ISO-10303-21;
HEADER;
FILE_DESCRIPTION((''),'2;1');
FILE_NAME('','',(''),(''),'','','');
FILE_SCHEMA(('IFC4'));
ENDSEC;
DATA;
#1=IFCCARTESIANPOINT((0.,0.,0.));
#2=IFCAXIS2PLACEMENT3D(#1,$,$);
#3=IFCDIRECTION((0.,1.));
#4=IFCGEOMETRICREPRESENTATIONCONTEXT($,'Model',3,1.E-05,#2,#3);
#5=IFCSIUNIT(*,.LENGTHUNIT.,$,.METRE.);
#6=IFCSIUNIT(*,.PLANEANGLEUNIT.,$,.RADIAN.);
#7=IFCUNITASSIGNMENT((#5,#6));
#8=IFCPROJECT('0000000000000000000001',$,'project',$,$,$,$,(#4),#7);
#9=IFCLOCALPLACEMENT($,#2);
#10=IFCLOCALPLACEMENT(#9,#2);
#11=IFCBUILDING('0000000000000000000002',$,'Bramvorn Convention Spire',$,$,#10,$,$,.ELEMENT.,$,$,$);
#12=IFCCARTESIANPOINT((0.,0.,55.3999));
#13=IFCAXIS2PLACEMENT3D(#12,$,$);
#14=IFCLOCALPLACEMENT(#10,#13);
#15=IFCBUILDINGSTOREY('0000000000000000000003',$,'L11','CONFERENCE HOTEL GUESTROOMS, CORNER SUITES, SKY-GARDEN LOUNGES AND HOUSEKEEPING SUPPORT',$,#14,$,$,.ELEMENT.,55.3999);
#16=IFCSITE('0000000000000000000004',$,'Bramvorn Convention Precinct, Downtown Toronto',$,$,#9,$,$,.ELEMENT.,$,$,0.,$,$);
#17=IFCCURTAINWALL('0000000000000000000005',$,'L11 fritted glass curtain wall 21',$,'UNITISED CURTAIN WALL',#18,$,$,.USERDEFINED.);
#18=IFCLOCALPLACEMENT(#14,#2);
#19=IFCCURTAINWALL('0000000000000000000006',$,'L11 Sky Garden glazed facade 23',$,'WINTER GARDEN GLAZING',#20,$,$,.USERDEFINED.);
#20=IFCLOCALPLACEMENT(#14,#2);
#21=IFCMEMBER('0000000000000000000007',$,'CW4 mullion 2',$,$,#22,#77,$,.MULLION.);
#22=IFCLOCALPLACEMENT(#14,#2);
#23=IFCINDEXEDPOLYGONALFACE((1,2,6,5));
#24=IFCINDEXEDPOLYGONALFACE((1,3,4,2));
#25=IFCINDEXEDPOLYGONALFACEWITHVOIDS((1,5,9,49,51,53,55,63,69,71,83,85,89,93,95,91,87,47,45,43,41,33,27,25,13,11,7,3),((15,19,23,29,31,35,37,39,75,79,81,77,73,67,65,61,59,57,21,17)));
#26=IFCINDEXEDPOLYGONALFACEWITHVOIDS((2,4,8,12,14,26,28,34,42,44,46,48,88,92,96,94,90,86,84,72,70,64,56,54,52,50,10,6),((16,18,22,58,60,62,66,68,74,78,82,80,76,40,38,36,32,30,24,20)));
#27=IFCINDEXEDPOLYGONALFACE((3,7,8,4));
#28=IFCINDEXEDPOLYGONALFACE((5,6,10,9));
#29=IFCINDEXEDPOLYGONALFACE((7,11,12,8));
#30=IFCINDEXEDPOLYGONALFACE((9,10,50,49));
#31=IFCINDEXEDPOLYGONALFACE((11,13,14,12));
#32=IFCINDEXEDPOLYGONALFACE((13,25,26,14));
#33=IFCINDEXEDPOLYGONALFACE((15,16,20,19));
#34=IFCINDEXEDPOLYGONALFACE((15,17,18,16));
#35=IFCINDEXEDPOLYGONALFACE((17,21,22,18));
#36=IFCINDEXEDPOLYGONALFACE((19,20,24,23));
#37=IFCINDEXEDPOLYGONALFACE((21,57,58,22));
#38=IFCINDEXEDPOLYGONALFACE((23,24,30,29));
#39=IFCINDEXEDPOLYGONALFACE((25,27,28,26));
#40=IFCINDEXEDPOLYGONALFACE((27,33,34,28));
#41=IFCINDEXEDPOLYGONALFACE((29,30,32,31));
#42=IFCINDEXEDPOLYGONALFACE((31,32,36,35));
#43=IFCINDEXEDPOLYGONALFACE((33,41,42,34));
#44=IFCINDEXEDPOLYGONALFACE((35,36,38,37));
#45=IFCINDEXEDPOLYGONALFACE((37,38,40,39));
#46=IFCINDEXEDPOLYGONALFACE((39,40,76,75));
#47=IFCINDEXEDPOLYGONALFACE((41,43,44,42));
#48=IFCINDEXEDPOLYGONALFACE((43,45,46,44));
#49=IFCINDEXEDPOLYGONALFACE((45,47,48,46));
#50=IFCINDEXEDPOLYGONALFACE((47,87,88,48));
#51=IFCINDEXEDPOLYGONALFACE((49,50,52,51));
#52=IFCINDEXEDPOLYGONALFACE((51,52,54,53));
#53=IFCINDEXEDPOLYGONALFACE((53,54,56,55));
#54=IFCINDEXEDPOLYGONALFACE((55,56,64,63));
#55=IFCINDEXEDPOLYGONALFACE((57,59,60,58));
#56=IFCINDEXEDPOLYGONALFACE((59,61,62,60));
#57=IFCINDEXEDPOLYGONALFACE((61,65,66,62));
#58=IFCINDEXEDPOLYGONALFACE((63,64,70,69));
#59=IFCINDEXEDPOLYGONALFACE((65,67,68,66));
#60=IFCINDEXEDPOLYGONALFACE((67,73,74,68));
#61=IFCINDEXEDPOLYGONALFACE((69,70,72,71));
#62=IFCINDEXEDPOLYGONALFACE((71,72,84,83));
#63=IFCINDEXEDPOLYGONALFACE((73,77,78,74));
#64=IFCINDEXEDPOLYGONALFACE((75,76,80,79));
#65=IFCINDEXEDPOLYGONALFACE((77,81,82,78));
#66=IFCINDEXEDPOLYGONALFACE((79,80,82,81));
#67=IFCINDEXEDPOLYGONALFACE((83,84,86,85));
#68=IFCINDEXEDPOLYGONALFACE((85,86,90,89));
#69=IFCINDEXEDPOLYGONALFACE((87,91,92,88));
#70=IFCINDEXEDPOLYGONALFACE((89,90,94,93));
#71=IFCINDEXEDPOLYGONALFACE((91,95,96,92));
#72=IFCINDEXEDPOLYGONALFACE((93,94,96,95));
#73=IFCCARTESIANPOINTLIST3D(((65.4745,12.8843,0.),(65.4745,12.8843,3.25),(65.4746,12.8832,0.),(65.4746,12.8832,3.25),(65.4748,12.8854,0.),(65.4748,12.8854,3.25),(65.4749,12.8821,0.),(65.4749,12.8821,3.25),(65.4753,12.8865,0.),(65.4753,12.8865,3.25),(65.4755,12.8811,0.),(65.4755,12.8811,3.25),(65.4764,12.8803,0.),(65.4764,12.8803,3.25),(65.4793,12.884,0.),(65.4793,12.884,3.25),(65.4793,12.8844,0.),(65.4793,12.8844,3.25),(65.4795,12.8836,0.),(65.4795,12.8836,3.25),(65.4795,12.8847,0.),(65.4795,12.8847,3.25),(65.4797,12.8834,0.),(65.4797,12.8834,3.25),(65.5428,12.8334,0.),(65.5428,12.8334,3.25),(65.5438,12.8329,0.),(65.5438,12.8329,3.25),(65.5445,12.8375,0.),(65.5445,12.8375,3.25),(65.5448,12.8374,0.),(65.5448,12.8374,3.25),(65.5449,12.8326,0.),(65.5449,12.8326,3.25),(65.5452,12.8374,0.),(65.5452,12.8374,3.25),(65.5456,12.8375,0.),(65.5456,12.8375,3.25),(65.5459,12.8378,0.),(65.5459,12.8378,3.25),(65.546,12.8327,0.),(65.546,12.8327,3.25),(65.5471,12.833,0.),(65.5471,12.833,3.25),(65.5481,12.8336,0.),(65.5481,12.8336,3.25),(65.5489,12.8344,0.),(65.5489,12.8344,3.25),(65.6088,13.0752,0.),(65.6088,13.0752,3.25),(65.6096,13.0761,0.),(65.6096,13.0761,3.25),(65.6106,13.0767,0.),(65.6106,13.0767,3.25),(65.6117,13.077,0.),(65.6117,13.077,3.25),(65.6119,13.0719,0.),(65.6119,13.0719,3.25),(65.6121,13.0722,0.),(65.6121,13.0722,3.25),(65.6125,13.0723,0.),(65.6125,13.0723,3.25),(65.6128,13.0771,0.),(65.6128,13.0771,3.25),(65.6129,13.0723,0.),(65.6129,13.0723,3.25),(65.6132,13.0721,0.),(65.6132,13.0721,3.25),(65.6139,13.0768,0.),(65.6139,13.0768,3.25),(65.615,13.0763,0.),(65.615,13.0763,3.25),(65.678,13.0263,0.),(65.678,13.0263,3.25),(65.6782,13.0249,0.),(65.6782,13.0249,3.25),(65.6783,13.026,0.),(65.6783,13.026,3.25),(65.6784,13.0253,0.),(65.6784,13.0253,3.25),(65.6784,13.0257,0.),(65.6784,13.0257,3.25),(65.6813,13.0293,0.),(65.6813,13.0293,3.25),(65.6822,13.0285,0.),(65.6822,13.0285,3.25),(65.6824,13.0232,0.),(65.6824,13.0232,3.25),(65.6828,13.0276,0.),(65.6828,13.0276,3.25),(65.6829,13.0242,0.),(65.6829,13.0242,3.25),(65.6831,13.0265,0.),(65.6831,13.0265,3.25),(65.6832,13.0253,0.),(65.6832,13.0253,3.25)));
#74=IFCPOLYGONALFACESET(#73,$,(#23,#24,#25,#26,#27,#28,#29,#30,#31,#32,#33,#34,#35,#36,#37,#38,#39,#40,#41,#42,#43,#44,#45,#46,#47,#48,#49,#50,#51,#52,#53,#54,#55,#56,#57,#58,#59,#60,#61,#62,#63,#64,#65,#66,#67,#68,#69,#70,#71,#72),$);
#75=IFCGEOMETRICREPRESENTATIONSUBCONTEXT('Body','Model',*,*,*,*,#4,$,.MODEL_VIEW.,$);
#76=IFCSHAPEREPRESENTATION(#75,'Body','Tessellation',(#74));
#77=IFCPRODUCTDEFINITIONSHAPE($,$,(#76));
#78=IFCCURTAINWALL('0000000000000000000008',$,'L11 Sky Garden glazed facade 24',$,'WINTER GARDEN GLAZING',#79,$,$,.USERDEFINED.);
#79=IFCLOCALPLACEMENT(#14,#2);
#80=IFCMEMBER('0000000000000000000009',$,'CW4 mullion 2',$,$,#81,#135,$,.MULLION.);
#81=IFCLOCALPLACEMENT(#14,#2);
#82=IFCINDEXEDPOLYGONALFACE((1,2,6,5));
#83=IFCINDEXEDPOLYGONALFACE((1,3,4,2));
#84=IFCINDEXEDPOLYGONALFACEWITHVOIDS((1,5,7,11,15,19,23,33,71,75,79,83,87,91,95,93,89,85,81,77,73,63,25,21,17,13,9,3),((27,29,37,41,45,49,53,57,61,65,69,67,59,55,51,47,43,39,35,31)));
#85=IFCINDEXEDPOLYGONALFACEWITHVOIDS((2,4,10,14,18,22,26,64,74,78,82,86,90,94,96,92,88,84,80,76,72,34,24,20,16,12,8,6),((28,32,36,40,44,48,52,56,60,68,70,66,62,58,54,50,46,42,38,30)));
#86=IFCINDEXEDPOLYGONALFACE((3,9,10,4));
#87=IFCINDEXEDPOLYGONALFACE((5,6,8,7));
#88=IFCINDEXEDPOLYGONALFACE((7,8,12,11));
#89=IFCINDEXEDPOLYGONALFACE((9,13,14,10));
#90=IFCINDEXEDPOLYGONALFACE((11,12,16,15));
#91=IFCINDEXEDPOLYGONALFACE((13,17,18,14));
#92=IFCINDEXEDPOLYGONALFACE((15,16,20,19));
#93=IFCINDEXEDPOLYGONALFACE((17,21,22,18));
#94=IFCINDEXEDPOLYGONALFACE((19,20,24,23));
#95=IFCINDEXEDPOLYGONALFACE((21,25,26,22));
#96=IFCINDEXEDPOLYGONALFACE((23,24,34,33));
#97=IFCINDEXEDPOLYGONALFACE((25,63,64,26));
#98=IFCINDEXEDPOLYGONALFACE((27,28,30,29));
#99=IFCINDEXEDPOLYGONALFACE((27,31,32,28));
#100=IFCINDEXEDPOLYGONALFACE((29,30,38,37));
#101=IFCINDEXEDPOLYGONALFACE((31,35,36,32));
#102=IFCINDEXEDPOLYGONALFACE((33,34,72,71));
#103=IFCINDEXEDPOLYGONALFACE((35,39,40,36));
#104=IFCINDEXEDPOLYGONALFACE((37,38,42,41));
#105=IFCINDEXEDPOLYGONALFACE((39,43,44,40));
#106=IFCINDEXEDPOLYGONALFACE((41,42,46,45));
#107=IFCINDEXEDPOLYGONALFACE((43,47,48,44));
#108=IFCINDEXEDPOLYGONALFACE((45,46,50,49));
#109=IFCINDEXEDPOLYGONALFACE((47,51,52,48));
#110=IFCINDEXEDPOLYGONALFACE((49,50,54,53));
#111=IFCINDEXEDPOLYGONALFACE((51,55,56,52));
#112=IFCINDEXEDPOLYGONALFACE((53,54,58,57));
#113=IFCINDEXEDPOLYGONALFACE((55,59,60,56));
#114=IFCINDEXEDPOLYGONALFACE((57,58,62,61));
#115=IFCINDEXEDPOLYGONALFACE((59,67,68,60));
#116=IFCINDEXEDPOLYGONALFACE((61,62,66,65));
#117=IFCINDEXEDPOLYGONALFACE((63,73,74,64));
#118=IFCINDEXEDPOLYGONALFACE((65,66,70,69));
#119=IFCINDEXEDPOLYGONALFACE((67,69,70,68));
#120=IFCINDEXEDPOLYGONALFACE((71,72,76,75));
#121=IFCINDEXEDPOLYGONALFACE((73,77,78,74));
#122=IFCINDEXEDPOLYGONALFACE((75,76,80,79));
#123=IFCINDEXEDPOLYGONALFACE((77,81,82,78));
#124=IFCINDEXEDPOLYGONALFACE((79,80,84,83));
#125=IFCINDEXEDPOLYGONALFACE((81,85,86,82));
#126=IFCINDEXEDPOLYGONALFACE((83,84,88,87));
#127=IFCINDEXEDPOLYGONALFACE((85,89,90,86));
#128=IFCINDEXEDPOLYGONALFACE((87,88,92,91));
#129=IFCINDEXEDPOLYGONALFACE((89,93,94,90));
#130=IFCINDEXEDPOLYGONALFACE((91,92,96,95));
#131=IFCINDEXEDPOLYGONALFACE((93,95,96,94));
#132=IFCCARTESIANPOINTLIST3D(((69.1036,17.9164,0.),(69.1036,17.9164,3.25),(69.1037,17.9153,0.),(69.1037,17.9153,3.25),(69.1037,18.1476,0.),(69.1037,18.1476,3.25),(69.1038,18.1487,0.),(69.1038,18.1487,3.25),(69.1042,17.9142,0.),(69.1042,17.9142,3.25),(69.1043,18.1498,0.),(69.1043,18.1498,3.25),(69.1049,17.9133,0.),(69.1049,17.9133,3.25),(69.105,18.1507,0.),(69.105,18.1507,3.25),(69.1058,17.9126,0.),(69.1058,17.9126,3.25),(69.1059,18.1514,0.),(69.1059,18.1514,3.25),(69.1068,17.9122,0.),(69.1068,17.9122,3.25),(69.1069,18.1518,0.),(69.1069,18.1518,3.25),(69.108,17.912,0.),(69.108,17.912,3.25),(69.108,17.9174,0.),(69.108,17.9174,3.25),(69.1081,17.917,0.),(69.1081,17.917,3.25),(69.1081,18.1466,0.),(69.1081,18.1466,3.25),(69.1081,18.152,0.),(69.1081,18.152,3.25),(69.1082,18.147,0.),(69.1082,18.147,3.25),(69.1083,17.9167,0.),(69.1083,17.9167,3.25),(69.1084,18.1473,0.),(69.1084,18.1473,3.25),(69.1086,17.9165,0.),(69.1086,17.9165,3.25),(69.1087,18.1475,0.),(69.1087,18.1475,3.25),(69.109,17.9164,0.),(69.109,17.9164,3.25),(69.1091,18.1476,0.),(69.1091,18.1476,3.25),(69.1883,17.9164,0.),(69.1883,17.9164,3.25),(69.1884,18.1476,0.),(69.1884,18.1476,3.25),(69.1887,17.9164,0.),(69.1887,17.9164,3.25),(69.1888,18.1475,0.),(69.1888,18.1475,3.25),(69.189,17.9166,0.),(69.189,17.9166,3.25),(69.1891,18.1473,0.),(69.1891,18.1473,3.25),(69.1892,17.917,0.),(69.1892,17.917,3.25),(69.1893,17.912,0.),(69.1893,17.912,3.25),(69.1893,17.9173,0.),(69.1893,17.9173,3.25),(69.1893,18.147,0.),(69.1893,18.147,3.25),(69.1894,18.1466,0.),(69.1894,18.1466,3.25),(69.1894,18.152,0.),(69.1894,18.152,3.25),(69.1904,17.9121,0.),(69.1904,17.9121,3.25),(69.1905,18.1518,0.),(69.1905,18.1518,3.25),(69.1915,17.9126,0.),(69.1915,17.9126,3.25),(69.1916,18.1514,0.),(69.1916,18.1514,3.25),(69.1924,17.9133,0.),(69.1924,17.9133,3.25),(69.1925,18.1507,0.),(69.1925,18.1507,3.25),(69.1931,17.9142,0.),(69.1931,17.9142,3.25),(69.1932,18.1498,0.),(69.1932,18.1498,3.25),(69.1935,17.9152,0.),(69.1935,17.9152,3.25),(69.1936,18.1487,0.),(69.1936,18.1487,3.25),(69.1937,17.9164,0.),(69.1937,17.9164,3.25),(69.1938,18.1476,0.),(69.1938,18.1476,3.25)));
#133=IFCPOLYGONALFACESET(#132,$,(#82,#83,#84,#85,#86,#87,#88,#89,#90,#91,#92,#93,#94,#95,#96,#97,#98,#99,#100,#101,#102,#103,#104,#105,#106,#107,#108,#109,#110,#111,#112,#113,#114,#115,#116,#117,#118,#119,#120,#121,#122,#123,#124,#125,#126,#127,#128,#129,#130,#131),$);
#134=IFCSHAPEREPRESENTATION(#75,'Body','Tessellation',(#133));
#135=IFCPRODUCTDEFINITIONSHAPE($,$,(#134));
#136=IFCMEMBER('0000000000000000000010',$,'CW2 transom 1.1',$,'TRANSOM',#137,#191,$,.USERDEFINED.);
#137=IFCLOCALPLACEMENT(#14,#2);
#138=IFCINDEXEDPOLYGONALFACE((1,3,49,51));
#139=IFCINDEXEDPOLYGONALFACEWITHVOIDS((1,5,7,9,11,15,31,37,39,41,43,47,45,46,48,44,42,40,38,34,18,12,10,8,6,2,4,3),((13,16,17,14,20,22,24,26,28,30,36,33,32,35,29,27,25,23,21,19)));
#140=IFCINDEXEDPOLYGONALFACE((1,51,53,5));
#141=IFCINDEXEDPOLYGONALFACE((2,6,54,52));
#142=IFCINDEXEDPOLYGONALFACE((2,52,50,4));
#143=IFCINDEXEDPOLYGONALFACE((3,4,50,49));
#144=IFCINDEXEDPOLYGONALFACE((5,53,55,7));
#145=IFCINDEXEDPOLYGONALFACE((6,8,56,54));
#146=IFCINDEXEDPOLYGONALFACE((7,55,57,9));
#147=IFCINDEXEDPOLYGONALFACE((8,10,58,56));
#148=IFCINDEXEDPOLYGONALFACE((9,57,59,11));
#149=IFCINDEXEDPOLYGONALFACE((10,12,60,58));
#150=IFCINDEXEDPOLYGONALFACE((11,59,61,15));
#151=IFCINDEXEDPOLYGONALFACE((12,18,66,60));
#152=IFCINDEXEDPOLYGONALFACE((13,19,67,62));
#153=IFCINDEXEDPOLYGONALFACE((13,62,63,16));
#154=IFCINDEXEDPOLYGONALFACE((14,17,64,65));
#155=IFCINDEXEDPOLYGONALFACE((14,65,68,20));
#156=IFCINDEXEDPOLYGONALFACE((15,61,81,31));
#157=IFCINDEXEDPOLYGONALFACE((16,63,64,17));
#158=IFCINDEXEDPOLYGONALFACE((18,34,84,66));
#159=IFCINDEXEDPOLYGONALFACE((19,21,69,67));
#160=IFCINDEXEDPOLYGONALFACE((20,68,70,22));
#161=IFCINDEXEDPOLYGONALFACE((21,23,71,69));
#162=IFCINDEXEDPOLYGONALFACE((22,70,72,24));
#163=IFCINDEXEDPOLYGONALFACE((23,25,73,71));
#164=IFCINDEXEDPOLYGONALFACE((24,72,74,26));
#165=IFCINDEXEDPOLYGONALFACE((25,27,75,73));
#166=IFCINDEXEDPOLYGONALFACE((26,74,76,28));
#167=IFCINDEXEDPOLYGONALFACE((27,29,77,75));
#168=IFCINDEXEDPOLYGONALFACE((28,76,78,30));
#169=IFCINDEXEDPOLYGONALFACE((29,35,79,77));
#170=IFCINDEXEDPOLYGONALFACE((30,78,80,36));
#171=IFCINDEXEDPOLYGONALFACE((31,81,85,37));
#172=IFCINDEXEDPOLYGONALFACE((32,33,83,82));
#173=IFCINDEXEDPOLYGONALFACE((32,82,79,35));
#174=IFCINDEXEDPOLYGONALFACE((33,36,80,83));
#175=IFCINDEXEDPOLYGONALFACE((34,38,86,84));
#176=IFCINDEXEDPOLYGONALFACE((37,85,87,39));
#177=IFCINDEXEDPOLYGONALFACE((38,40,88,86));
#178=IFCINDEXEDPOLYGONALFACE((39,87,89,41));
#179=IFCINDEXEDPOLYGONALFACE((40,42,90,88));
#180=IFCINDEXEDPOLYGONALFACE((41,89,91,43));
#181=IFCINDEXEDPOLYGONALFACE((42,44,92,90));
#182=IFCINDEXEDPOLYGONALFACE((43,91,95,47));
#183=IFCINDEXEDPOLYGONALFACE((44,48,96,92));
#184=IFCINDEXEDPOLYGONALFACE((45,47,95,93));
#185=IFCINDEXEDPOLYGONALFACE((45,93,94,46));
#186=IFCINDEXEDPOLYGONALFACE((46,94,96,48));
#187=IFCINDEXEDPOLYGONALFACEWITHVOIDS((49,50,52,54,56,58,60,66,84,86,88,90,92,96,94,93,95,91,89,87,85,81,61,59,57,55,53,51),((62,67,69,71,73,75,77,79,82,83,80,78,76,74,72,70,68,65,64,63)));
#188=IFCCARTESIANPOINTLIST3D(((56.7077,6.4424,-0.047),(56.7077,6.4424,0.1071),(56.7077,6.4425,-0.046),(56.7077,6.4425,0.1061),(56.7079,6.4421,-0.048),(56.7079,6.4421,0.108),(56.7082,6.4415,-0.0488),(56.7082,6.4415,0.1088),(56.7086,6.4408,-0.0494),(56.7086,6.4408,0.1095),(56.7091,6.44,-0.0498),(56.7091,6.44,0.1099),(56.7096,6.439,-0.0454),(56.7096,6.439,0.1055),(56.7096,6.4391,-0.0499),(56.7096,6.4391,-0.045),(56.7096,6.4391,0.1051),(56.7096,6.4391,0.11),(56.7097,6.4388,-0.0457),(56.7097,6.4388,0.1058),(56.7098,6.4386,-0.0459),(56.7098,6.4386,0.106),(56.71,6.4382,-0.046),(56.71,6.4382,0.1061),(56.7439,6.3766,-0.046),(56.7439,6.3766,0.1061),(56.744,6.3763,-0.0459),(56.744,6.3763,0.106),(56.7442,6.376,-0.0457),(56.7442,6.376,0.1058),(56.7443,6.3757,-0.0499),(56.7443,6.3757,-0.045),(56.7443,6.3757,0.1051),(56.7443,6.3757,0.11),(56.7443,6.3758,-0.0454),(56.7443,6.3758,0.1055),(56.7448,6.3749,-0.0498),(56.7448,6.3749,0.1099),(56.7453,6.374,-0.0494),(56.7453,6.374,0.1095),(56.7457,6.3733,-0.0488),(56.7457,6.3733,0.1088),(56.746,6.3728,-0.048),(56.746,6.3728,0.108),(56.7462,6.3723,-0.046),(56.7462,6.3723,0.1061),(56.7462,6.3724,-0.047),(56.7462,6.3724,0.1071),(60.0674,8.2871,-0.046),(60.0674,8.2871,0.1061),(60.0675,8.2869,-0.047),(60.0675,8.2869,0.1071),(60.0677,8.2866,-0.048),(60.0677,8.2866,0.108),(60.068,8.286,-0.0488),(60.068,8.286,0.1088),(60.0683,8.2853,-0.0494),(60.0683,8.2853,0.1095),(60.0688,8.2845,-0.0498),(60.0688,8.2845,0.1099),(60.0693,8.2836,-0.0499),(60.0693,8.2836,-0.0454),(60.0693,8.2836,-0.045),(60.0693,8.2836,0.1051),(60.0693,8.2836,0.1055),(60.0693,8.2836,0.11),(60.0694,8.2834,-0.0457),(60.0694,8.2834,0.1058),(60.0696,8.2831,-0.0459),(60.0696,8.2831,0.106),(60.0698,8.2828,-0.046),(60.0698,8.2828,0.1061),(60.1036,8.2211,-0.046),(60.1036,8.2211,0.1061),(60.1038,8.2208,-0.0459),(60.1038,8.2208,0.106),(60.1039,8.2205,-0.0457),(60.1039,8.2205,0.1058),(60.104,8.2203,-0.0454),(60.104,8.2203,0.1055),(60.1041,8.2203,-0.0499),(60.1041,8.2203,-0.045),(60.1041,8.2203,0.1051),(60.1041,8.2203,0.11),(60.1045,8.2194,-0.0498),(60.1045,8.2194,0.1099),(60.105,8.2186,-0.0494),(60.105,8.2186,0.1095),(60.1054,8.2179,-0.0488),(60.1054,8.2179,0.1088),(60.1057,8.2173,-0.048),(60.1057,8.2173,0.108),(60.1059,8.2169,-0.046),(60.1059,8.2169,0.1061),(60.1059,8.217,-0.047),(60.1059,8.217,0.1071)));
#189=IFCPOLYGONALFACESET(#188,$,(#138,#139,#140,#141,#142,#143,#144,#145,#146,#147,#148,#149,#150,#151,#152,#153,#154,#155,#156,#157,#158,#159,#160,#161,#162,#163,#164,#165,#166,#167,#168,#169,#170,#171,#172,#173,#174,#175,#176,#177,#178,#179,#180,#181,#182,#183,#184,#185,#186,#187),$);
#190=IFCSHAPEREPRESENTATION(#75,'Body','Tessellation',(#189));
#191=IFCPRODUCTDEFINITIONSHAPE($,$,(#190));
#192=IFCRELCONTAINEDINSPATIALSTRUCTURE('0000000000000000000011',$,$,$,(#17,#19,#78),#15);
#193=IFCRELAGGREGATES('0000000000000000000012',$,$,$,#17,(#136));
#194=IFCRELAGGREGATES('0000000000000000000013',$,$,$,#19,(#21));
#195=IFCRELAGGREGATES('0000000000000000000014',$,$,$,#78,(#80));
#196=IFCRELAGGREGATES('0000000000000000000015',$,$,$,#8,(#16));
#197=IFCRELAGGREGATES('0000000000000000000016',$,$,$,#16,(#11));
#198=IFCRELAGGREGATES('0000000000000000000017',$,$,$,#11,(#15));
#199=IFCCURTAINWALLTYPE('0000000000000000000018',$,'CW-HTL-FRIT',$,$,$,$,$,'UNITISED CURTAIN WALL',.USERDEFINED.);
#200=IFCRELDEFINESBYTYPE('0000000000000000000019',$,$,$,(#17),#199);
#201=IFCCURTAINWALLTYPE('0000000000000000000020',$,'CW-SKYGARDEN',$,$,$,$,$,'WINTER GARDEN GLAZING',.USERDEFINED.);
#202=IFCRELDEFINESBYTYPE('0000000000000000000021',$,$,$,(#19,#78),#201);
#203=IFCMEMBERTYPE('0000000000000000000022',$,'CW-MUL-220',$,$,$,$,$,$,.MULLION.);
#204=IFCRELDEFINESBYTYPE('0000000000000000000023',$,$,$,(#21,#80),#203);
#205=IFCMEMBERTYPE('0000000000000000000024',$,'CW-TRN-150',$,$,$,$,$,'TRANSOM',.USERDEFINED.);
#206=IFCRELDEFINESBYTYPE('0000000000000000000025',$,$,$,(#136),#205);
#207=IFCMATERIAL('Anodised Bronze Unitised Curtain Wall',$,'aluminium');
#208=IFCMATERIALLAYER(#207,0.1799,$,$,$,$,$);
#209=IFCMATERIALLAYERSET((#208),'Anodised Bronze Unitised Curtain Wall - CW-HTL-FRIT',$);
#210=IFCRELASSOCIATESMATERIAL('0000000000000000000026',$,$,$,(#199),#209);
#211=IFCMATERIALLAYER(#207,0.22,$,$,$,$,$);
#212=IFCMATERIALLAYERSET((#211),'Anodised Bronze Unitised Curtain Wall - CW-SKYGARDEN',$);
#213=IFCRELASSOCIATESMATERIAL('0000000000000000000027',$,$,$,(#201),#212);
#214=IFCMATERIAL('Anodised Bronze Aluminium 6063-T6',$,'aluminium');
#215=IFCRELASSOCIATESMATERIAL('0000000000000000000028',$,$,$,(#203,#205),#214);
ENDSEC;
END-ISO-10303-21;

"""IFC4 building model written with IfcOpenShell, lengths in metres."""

from ifc_helpers import new_model, si_unit, direction, frame, origin, origin_2d, place, context, subcontext, project, spatial, hollow_rectangle, extrude, material, layer, layer_set, material_profile, profile_set, type_object, element, aggregate, save


model = new_model("IFC4")

# Units and contexts
model_context = context("Model", 3, precision=1e-05, world=origin(), true_north=direction((0.0, 1.0)))
body_context = subcontext(model_context, "Body", "Model", "MODEL_VIEW")
ifc_project = project(units=[si_unit("LENGTHUNIT", "METRE"), si_unit("PLANEANGLEUNIT", "RADIAN")], contexts=[model_context])

# Site, building, storey
site_placement = place(None, origin())
site = spatial("IfcSite", under=ifc_project, at=site_placement, Name="Bramvorn Convention Precinct, Downtown Toronto", CompositionType="ELEMENT", RefElevation=0.0)
building_placement = place(site_placement, origin())
building = spatial("IfcBuilding", under=site, at=building_placement, Name="Bramvorn Convention Spire", CompositionType="ELEMENT")
storey_placement = place(building_placement, frame((0.0, 0.0, 55.3999)))
storey = spatial("IfcBuildingStorey", under=building, at=storey_placement, Name="L11", Description="CONFERENCE HOTEL GUESTROOMS, CORNER SUITES, SKY-GARDEN LOUNGES AND HOUSEKEEPING SUPPORT", CompositionType="ELEMENT", Elevation=55.3999)

# Curtain walls, member
ifc_material_1 = material(Name="Anodised Bronze Unitised Curtain Wall", Category="aluminium")
ifc_layer_1 = layer(ifc_material_1, 0.1799)
ifc_layer_set_1 = layer_set([ifc_layer_1], Name="Anodised Bronze Unitised Curtain Wall - CW-HTL-FRIT")
curtain_wall_type_1 = type_object("IfcCurtainWallType", Name="CW-HTL-FRIT", ElementType="UNITISED CURTAIN WALL", PredefinedType="USERDEFINED", material=ifc_layer_set_1)
curtain_wall_1_placement = place(storey_placement, origin())
curtain_wall_1 = element("IfcCurtainWall", 1, at=curtain_wall_1_placement, inside=storey, type_object=curtain_wall_type_1, Name="L11 fritted glass curtain wall 21", ObjectType="UNITISED CURTAIN WALL", PredefinedType="USERDEFINED")
ifc_material_2 = material(Name="Anodised Bronze Aluminium 6063-T6", Category="aluminium")
ifc_layer_2 = layer(ifc_material_1, 0.22)
ifc_layer_set_2 = layer_set([ifc_layer_2], Name="Anodised Bronze Unitised Curtain Wall - CW-SKYGARDEN")
curtain_wall_type_2 = type_object("IfcCurtainWallType", Name="CW-SKYGARDEN", ElementType="WINTER GARDEN GLAZING", PredefinedType="USERDEFINED", material=ifc_layer_set_2)
curtain_wall_2_placement = place(storey_placement, origin())
curtain_wall_2 = element("IfcCurtainWall", 2, at=curtain_wall_2_placement, inside=storey, type_object=curtain_wall_type_2, Name="L11 Sky Garden glazed facade 23", ObjectType="WINTER GARDEN GLAZING", PredefinedType="USERDEFINED")
ifc_material_profile_1 = material_profile(ifc_material_2, hollow_rectangle(XDim=0.0901, YDim=0.24, WallThickness=0.0044, InnerFilletRadius=0.001, OuterFilletRadius=0.0044, at=origin_2d()))
ifc_profile_set_1 = profile_set([ifc_material_profile_1], Name="Anodised Bronze Aluminium 6063-T6 - CWM90X240")
member_type_1 = type_object("IfcMemberType", Name="CW-MUL-220", PredefinedType="MULLION", material=ifc_profile_set_1)
member_1_placement = place(storey_placement, frame((65.5789, 12.9548, 0.0), z_axis=(0.0, 0.0, 1.0), x_axis=(0.816431, -0.577443, 0.0)))
member_1 = element("IfcMember", 3, at=member_1_placement, type_object=member_type_1, Name="CW4 mullion 2", PredefinedType="MULLION", context=body_context, shape_type="SweptSolid", body=[
    extrude(hollow_rectangle(XDim=0.0901, YDim=0.24, WallThickness=0.0044, InnerFilletRadius=0.001, OuterFilletRadius=0.0044, at=origin_2d()), origin(), (0.0, 0.0, 1.0), 3.25),
])

# Curtain wall, member
curtain_wall_3_placement = place(storey_placement, origin())
curtain_wall_3 = element("IfcCurtainWall", 4, at=curtain_wall_3_placement, inside=storey, type_object=curtain_wall_type_2, Name="L11 Sky Garden glazed facade 24", ObjectType="WINTER GARDEN GLAZING", PredefinedType="USERDEFINED")
member_2_placement = place(storey_placement, frame((69.1487, 18.032, 0.0), z_axis=(0.0, 0.0, 1.0), x_axis=(1.0, -0.000444, 0.0)))
member_2 = element("IfcMember", 5, at=member_2_placement, type_object=member_type_1, Name="CW4 mullion 2", PredefinedType="MULLION", context=body_context, shape_type="SweptSolid", body=[
    extrude(hollow_rectangle(XDim=0.0901, YDim=0.24, WallThickness=0.0044, InnerFilletRadius=0.001, OuterFilletRadius=0.0044, at=origin_2d()), origin(), (0.0, 0.0, 1.0), 3.25),
])

# Member
ifc_material_profile_2 = material_profile(ifc_material_2, hollow_rectangle(XDim=0.0801, YDim=0.1599, WallThickness=0.0039, InnerFilletRadius=0.001, OuterFilletRadius=0.0039, at=origin_2d()))
ifc_profile_set_2 = profile_set([ifc_material_profile_2], Name="Anodised Bronze Aluminium 6063-T6 - CWT80X160")
member_type_2 = type_object("IfcMemberType", Name="CW-TRN-150", ElementType="TRANSOM", PredefinedType="USERDEFINED", material=ifc_profile_set_2)
member_3_placement = place(storey_placement, frame((60.0867, 8.252, 0.03), z_axis=(-0.87658, -0.481256, 0.0), x_axis=(0.481256, -0.87658, 0.0)))
member_3 = element("IfcMember", 6, at=member_3_placement, type_object=member_type_2, Name="CW2 transom 1.1", ObjectType="TRANSOM", PredefinedType="USERDEFINED", context=body_context, shape_type="SweptSolid", body=[
    extrude(hollow_rectangle(XDim=0.0801, YDim=0.1599, WallThickness=0.0039, InnerFilletRadius=0.001, OuterFilletRadius=0.0039, at=origin_2d()), origin(), (0.0, 0.0, 1.0), 3.8328),
])

aggregate(curtain_wall_1, [member_3])
aggregate(curtain_wall_2, [member_1])
aggregate(curtain_wall_3, [member_2])

save(model, "model.ifc")
